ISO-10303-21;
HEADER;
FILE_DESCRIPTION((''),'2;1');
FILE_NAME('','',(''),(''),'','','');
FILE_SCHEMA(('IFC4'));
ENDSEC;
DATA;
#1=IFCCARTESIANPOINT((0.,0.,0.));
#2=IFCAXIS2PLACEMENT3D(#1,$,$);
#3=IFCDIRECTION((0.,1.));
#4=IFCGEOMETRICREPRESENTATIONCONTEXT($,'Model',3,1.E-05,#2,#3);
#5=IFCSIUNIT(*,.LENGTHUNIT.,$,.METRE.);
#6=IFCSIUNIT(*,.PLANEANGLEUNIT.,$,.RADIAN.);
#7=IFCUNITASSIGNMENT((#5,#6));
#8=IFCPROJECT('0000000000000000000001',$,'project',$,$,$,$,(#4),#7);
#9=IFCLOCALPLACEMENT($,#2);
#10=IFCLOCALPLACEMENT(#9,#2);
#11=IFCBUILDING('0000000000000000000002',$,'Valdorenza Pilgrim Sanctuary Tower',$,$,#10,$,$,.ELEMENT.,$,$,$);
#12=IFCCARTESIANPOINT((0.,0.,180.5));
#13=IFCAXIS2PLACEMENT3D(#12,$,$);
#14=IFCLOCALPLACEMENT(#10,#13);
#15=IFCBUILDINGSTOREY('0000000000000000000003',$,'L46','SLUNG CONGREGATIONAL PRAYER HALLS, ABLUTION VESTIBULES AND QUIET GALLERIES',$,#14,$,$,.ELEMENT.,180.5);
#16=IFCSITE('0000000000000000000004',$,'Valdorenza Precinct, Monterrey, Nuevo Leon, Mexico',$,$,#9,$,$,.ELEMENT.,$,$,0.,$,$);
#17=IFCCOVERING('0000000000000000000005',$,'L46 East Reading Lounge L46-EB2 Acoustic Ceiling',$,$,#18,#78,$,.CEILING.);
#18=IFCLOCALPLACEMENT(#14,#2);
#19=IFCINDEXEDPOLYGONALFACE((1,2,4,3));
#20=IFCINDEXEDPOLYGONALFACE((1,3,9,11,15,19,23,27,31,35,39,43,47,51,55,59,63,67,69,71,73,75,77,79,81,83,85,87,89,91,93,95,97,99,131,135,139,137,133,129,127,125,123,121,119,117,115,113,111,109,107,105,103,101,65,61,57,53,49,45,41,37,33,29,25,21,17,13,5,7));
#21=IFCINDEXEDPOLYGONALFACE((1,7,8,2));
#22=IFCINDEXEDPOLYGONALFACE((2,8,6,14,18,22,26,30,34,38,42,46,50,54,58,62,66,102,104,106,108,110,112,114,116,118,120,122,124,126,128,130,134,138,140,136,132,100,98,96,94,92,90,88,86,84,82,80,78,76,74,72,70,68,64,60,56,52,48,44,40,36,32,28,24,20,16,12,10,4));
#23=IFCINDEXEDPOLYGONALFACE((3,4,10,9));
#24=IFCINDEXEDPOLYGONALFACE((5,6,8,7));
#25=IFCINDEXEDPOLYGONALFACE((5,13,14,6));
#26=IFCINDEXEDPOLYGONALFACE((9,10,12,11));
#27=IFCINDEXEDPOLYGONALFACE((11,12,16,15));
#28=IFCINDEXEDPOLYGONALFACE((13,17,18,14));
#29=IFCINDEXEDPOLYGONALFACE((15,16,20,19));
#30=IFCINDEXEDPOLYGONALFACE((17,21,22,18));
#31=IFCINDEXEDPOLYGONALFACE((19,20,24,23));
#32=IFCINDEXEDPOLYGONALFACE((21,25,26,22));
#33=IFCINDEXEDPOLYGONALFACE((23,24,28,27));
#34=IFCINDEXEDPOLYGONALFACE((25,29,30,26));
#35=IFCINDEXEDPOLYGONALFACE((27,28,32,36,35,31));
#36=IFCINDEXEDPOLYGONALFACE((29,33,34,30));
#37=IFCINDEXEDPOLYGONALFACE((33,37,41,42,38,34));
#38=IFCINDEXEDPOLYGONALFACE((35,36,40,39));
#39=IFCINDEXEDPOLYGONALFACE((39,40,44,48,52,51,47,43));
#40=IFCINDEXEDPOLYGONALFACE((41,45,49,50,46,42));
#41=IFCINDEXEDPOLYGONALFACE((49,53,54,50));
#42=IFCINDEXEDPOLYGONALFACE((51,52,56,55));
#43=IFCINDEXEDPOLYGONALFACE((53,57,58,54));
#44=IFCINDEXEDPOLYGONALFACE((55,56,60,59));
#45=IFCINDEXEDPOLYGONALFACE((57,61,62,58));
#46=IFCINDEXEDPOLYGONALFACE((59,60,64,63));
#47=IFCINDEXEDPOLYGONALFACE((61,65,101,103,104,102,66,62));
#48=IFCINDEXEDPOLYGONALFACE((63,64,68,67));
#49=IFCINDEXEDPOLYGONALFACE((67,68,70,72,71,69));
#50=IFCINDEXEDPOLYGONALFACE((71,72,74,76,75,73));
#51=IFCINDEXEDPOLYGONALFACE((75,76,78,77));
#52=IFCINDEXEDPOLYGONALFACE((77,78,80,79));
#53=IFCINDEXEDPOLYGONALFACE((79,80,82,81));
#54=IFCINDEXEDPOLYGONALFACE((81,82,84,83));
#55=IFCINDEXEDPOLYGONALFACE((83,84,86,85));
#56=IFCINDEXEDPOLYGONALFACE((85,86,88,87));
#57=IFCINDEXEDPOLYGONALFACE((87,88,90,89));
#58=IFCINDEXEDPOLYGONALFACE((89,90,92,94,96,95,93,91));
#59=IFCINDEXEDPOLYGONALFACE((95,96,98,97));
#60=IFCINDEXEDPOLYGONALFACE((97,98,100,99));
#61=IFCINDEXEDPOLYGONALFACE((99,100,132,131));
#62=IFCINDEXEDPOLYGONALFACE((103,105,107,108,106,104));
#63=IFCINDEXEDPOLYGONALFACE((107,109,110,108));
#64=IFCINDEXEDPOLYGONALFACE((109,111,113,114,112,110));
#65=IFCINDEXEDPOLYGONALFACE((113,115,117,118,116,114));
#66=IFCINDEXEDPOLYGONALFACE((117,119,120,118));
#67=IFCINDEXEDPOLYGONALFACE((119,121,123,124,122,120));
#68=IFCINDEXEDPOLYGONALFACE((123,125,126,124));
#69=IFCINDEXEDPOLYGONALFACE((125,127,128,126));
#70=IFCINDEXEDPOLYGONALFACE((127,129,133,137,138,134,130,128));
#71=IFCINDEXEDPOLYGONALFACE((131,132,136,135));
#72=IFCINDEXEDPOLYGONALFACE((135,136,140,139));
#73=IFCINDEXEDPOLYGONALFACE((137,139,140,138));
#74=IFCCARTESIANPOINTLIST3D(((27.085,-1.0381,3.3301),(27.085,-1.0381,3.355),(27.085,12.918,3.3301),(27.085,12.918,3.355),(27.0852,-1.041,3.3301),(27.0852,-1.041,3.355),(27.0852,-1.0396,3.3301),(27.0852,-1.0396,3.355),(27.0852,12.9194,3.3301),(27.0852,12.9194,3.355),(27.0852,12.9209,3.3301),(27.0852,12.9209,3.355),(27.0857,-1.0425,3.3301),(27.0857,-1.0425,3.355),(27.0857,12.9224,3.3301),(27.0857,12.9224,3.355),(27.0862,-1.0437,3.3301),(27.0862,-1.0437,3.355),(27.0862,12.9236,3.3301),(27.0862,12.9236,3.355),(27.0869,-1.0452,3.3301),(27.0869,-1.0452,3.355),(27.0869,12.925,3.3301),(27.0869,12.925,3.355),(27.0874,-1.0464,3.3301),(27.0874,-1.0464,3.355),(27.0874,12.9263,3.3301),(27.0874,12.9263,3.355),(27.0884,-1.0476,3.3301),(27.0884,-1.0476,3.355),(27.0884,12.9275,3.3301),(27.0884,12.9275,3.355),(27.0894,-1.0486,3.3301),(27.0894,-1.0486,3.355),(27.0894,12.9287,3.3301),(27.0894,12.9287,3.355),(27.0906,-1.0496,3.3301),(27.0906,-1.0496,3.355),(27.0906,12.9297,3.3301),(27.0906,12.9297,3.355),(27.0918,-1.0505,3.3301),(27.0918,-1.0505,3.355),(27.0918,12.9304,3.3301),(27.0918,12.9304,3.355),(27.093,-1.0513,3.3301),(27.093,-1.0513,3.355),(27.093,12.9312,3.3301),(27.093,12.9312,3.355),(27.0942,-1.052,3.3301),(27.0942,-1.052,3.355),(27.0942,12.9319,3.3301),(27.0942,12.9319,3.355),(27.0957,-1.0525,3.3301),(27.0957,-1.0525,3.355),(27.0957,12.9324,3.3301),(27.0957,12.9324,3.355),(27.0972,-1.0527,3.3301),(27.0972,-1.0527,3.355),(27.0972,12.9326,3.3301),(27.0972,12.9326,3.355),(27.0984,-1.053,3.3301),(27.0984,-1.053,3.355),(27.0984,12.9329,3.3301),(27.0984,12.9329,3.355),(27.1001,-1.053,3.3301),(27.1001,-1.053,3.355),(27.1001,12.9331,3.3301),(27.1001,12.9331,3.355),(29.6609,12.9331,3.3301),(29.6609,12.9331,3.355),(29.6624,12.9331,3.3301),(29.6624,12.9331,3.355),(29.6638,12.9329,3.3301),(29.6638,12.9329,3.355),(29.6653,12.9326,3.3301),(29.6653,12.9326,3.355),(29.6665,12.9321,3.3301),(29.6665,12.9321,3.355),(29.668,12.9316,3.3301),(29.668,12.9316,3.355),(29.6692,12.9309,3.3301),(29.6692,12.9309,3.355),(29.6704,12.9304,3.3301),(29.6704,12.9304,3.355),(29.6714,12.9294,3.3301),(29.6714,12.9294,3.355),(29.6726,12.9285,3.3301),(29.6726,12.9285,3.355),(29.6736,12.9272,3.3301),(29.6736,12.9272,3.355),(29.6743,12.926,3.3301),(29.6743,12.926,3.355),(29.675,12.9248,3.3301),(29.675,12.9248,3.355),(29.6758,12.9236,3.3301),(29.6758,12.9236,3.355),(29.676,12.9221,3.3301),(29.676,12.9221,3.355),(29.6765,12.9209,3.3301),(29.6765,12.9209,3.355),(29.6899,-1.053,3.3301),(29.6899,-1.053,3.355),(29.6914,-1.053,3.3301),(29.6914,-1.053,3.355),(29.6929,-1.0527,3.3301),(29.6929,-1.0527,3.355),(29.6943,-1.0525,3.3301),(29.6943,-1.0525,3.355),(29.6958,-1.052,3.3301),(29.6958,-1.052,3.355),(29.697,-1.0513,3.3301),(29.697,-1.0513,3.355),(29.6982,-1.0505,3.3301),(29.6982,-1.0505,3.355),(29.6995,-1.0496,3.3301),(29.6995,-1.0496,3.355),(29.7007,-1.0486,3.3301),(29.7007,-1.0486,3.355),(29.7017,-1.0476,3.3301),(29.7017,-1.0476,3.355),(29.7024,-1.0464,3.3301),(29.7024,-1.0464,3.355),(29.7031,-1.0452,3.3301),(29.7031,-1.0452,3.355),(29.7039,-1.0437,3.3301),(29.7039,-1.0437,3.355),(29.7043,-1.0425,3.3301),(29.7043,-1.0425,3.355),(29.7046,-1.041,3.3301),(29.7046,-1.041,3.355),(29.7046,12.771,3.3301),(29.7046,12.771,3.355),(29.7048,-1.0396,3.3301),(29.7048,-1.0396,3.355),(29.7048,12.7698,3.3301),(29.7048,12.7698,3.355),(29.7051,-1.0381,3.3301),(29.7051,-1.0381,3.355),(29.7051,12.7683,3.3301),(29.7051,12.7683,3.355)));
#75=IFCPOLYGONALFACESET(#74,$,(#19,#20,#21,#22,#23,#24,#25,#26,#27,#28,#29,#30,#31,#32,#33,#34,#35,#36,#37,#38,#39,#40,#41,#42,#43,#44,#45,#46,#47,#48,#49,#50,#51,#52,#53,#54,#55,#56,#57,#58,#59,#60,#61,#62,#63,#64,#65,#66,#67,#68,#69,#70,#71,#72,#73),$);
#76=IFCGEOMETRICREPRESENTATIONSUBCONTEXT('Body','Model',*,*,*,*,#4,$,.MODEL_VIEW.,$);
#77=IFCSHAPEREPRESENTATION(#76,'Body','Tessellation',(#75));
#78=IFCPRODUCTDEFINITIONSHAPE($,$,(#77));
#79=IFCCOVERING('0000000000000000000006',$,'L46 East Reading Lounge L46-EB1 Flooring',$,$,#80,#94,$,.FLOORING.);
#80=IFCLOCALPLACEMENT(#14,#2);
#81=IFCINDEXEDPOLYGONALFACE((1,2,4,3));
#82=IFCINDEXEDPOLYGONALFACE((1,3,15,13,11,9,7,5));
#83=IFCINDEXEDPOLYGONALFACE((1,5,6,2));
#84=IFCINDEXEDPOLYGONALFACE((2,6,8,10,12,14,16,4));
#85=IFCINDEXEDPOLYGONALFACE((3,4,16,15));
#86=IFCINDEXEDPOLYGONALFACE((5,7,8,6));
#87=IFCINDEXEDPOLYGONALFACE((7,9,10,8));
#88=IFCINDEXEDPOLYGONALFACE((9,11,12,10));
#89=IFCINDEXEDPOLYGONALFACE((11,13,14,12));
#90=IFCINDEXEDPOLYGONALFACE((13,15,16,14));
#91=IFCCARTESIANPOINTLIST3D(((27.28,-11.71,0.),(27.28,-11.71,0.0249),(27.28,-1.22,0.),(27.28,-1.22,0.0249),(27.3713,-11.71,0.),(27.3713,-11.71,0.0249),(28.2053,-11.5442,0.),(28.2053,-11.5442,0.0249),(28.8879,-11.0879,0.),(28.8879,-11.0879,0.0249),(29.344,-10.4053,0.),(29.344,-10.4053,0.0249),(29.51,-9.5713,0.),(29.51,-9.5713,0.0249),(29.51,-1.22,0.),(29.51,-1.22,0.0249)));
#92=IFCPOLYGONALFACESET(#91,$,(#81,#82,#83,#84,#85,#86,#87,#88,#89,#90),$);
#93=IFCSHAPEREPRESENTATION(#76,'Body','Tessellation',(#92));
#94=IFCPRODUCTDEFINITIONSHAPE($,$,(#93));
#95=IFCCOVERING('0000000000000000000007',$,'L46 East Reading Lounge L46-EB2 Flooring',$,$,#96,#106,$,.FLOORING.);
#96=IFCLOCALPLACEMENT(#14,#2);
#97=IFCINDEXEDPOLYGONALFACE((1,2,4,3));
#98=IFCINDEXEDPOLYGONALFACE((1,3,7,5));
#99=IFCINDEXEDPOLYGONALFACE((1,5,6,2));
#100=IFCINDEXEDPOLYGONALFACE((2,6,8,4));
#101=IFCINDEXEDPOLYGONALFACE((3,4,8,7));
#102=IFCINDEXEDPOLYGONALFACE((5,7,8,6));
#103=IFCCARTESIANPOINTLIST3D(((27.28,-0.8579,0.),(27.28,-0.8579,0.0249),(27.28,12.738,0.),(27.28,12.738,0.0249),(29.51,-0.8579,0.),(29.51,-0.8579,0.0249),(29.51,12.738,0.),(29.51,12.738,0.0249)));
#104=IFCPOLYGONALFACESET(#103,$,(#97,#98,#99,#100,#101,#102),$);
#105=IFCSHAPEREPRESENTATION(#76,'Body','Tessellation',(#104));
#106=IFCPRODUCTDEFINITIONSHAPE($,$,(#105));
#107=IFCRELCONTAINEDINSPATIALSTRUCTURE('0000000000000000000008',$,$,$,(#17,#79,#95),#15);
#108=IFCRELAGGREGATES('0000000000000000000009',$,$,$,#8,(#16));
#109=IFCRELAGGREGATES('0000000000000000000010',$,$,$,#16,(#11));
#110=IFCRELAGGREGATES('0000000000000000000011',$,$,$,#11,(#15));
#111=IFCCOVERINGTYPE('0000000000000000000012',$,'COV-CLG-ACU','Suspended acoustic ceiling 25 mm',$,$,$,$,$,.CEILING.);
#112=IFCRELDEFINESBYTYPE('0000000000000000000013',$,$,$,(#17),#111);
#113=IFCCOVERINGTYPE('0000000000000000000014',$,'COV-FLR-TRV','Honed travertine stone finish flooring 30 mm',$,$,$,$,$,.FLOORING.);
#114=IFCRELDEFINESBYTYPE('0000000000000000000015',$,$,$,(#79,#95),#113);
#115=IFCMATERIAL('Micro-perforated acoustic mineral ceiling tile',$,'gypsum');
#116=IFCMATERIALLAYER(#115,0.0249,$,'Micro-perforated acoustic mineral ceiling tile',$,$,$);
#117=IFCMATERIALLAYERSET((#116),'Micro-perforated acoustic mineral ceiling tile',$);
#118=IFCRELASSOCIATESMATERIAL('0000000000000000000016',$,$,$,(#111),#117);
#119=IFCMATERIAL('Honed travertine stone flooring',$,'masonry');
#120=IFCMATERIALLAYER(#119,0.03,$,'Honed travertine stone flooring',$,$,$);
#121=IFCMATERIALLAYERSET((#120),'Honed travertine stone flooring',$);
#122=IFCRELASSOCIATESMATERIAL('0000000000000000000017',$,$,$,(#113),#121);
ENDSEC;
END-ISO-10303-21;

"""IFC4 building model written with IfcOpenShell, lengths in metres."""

from ifc_helpers import new_model, si_unit, direction, frame, origin, place, context, subcontext, project, spatial, polyline, outline, extrude, material, layer, layer_set, type_object, element, save


model = new_model("IFC4")

# Units and contexts
model_context = context("Model", 3, precision=1e-05, world=origin(), true_north=direction((0.0, 1.0)))
body_context = subcontext(model_context, "Body", "Model", "MODEL_VIEW")
ifc_project = project(units=[si_unit("LENGTHUNIT", "METRE"), si_unit("PLANEANGLEUNIT", "RADIAN")], contexts=[model_context])

# Site, building, storey
site_placement = place(None, origin())
site = spatial("IfcSite", under=ifc_project, at=site_placement, Name="Valdorenza Precinct, Monterrey, Nuevo Leon, Mexico", CompositionType="ELEMENT", RefElevation=0.0)
building_placement = place(site_placement, origin())
building = spatial("IfcBuilding", under=site, at=building_placement, Name="Valdorenza Pilgrim Sanctuary Tower", CompositionType="ELEMENT")
storey_placement = place(building_placement, frame((0.0, 0.0, 180.5)))
storey = spatial("IfcBuildingStorey", under=building, at=storey_placement, Name="L46", Description="SLUNG CONGREGATIONAL PRAYER HALLS, ABLUTION VESTIBULES AND QUIET GALLERIES", CompositionType="ELEMENT", Elevation=180.5)

# Coverings
ifc_material_1 = material(Name="Micro-perforated acoustic mineral ceiling tile", Category="gypsum")
ifc_layer_1 = layer(ifc_material_1, 0.0249, Name="Micro-perforated acoustic mineral ceiling tile")
ifc_layer_set_1 = layer_set([ifc_layer_1], Name="Micro-perforated acoustic mineral ceiling tile")
covering_type_1 = type_object("IfcCoveringType", Name="COV-CLG-ACU", Description="Suspended acoustic ceiling 25 mm", PredefinedType="CEILING", material=ifc_layer_set_1)
covering_1_placement = place(storey_placement, frame((0.0, 0.0, 3.3301)))
element("IfcCovering", 1, at=covering_1_placement, inside=storey, type_object=covering_type_1, Name="L46 East Reading Lounge L46-EB2 Acoustic Ceiling", PredefinedType="CEILING", context=body_context, shape_type="SweptSolid", body=[
    extrude(outline(polyline([(27.085, 12.918), (27.0852, 12.9194), (27.0852, 12.9209), (27.0857, 12.9224), (27.0862, 12.9236), (27.0869, 12.925), (27.0874, 12.9263), (27.0884, 12.9275), (27.0894, 12.9287), (27.0906, 12.9297), (27.0918, 12.9304), (27.093, 12.9312), (27.0942, 12.9319), (27.0957, 12.9324), (27.0972, 12.9326), (27.0984, 12.9329), (27.1001, 12.9331), (29.6609, 12.9331), (29.6609, 12.9331), (29.6624, 12.9331), (29.6638, 12.9329), (29.6653, 12.9326), (29.6665, 12.9321), (29.668, 12.9316), (29.6692, 12.9309), (29.6704, 12.9304), (29.6714, 12.9294), (29.6726, 12.9285), (29.6736, 12.9272), (29.6743, 12.926), (29.675, 12.9248), (29.6758, 12.9236), (29.676, 12.9221), (29.6765, 12.9209), (29.7046, 12.771), (29.7048, 12.7698), (29.7051, 12.7683), (29.7051, -1.0381), (29.7048, -1.0396), (29.7046, -1.041), (29.7043, -1.0425), (29.7039, -1.0437), (29.7031, -1.0452), (29.7024, -1.0464), (29.7017, -1.0476), (29.7007, -1.0486), (29.6995, -1.0496), (29.6982, -1.0505), (29.697, -1.0513), (29.6958, -1.052), (29.6943, -1.0525), (29.6929, -1.0527), (29.6914, -1.053), (29.6899, -1.053), (27.1001, -1.053), (27.0984, -1.053), (27.0972, -1.0527), (27.0957, -1.0525), (27.0942, -1.052), (27.093, -1.0513), (27.0918, -1.0505), (27.0906, -1.0496), (27.0894, -1.0486), (27.0884, -1.0476), (27.0874, -1.0464), (27.0869, -1.0452), (27.0862, -1.0437), (27.0857, -1.0425), (27.0852, -1.041), (27.0852, -1.0396), (27.085, -1.0381), (27.085, 12.918)])), origin(), (0.0, 0.0, 1.0), 0.0249),
])
ifc_material_2 = material(Name="Honed travertine stone flooring", Category="masonry")
ifc_layer_2 = layer(ifc_material_2, 0.03, Name="Honed travertine stone flooring")
ifc_layer_set_2 = layer_set([ifc_layer_2], Name="Honed travertine stone flooring")
covering_type_2 = type_object("IfcCoveringType", Name="COV-FLR-TRV", Description="Honed travertine stone finish flooring 30 mm", PredefinedType="FLOORING", material=ifc_layer_set_2)
covering_2_placement = place(storey_placement, origin())
element("IfcCovering", 2, at=covering_2_placement, inside=storey, type_object=covering_type_2, Name="L46 East Reading Lounge L46-EB1 Flooring", PredefinedType="FLOORING", context=body_context, shape_type="SweptSolid", body=[
    extrude(outline(polyline([(29.51, -1.22), (29.51, -9.5713), (29.344, -10.4053), (28.8879, -11.0879), (28.2053, -11.5442), (27.3713, -11.71), (27.28, -11.71), (27.28, -1.22), (29.51, -1.22)])), origin(), (0.0, 0.0, 1.0), 0.0249),
])
covering_3_placement = place(storey_placement, origin())
element("IfcCovering", 3, at=covering_3_placement, inside=storey, type_object=covering_type_2, Name="L46 East Reading Lounge L46-EB2 Flooring", PredefinedType="FLOORING", context=body_context, shape_type="SweptSolid", body=[
    extrude(outline(polyline([(27.28, 12.738), (29.51, 12.738), (29.51, -0.8579), (27.28, -0.8579), (27.28, 12.738)])), origin(), (0.0, 0.0, 1.0), 0.0249),
])

save(model, "model.ifc")
